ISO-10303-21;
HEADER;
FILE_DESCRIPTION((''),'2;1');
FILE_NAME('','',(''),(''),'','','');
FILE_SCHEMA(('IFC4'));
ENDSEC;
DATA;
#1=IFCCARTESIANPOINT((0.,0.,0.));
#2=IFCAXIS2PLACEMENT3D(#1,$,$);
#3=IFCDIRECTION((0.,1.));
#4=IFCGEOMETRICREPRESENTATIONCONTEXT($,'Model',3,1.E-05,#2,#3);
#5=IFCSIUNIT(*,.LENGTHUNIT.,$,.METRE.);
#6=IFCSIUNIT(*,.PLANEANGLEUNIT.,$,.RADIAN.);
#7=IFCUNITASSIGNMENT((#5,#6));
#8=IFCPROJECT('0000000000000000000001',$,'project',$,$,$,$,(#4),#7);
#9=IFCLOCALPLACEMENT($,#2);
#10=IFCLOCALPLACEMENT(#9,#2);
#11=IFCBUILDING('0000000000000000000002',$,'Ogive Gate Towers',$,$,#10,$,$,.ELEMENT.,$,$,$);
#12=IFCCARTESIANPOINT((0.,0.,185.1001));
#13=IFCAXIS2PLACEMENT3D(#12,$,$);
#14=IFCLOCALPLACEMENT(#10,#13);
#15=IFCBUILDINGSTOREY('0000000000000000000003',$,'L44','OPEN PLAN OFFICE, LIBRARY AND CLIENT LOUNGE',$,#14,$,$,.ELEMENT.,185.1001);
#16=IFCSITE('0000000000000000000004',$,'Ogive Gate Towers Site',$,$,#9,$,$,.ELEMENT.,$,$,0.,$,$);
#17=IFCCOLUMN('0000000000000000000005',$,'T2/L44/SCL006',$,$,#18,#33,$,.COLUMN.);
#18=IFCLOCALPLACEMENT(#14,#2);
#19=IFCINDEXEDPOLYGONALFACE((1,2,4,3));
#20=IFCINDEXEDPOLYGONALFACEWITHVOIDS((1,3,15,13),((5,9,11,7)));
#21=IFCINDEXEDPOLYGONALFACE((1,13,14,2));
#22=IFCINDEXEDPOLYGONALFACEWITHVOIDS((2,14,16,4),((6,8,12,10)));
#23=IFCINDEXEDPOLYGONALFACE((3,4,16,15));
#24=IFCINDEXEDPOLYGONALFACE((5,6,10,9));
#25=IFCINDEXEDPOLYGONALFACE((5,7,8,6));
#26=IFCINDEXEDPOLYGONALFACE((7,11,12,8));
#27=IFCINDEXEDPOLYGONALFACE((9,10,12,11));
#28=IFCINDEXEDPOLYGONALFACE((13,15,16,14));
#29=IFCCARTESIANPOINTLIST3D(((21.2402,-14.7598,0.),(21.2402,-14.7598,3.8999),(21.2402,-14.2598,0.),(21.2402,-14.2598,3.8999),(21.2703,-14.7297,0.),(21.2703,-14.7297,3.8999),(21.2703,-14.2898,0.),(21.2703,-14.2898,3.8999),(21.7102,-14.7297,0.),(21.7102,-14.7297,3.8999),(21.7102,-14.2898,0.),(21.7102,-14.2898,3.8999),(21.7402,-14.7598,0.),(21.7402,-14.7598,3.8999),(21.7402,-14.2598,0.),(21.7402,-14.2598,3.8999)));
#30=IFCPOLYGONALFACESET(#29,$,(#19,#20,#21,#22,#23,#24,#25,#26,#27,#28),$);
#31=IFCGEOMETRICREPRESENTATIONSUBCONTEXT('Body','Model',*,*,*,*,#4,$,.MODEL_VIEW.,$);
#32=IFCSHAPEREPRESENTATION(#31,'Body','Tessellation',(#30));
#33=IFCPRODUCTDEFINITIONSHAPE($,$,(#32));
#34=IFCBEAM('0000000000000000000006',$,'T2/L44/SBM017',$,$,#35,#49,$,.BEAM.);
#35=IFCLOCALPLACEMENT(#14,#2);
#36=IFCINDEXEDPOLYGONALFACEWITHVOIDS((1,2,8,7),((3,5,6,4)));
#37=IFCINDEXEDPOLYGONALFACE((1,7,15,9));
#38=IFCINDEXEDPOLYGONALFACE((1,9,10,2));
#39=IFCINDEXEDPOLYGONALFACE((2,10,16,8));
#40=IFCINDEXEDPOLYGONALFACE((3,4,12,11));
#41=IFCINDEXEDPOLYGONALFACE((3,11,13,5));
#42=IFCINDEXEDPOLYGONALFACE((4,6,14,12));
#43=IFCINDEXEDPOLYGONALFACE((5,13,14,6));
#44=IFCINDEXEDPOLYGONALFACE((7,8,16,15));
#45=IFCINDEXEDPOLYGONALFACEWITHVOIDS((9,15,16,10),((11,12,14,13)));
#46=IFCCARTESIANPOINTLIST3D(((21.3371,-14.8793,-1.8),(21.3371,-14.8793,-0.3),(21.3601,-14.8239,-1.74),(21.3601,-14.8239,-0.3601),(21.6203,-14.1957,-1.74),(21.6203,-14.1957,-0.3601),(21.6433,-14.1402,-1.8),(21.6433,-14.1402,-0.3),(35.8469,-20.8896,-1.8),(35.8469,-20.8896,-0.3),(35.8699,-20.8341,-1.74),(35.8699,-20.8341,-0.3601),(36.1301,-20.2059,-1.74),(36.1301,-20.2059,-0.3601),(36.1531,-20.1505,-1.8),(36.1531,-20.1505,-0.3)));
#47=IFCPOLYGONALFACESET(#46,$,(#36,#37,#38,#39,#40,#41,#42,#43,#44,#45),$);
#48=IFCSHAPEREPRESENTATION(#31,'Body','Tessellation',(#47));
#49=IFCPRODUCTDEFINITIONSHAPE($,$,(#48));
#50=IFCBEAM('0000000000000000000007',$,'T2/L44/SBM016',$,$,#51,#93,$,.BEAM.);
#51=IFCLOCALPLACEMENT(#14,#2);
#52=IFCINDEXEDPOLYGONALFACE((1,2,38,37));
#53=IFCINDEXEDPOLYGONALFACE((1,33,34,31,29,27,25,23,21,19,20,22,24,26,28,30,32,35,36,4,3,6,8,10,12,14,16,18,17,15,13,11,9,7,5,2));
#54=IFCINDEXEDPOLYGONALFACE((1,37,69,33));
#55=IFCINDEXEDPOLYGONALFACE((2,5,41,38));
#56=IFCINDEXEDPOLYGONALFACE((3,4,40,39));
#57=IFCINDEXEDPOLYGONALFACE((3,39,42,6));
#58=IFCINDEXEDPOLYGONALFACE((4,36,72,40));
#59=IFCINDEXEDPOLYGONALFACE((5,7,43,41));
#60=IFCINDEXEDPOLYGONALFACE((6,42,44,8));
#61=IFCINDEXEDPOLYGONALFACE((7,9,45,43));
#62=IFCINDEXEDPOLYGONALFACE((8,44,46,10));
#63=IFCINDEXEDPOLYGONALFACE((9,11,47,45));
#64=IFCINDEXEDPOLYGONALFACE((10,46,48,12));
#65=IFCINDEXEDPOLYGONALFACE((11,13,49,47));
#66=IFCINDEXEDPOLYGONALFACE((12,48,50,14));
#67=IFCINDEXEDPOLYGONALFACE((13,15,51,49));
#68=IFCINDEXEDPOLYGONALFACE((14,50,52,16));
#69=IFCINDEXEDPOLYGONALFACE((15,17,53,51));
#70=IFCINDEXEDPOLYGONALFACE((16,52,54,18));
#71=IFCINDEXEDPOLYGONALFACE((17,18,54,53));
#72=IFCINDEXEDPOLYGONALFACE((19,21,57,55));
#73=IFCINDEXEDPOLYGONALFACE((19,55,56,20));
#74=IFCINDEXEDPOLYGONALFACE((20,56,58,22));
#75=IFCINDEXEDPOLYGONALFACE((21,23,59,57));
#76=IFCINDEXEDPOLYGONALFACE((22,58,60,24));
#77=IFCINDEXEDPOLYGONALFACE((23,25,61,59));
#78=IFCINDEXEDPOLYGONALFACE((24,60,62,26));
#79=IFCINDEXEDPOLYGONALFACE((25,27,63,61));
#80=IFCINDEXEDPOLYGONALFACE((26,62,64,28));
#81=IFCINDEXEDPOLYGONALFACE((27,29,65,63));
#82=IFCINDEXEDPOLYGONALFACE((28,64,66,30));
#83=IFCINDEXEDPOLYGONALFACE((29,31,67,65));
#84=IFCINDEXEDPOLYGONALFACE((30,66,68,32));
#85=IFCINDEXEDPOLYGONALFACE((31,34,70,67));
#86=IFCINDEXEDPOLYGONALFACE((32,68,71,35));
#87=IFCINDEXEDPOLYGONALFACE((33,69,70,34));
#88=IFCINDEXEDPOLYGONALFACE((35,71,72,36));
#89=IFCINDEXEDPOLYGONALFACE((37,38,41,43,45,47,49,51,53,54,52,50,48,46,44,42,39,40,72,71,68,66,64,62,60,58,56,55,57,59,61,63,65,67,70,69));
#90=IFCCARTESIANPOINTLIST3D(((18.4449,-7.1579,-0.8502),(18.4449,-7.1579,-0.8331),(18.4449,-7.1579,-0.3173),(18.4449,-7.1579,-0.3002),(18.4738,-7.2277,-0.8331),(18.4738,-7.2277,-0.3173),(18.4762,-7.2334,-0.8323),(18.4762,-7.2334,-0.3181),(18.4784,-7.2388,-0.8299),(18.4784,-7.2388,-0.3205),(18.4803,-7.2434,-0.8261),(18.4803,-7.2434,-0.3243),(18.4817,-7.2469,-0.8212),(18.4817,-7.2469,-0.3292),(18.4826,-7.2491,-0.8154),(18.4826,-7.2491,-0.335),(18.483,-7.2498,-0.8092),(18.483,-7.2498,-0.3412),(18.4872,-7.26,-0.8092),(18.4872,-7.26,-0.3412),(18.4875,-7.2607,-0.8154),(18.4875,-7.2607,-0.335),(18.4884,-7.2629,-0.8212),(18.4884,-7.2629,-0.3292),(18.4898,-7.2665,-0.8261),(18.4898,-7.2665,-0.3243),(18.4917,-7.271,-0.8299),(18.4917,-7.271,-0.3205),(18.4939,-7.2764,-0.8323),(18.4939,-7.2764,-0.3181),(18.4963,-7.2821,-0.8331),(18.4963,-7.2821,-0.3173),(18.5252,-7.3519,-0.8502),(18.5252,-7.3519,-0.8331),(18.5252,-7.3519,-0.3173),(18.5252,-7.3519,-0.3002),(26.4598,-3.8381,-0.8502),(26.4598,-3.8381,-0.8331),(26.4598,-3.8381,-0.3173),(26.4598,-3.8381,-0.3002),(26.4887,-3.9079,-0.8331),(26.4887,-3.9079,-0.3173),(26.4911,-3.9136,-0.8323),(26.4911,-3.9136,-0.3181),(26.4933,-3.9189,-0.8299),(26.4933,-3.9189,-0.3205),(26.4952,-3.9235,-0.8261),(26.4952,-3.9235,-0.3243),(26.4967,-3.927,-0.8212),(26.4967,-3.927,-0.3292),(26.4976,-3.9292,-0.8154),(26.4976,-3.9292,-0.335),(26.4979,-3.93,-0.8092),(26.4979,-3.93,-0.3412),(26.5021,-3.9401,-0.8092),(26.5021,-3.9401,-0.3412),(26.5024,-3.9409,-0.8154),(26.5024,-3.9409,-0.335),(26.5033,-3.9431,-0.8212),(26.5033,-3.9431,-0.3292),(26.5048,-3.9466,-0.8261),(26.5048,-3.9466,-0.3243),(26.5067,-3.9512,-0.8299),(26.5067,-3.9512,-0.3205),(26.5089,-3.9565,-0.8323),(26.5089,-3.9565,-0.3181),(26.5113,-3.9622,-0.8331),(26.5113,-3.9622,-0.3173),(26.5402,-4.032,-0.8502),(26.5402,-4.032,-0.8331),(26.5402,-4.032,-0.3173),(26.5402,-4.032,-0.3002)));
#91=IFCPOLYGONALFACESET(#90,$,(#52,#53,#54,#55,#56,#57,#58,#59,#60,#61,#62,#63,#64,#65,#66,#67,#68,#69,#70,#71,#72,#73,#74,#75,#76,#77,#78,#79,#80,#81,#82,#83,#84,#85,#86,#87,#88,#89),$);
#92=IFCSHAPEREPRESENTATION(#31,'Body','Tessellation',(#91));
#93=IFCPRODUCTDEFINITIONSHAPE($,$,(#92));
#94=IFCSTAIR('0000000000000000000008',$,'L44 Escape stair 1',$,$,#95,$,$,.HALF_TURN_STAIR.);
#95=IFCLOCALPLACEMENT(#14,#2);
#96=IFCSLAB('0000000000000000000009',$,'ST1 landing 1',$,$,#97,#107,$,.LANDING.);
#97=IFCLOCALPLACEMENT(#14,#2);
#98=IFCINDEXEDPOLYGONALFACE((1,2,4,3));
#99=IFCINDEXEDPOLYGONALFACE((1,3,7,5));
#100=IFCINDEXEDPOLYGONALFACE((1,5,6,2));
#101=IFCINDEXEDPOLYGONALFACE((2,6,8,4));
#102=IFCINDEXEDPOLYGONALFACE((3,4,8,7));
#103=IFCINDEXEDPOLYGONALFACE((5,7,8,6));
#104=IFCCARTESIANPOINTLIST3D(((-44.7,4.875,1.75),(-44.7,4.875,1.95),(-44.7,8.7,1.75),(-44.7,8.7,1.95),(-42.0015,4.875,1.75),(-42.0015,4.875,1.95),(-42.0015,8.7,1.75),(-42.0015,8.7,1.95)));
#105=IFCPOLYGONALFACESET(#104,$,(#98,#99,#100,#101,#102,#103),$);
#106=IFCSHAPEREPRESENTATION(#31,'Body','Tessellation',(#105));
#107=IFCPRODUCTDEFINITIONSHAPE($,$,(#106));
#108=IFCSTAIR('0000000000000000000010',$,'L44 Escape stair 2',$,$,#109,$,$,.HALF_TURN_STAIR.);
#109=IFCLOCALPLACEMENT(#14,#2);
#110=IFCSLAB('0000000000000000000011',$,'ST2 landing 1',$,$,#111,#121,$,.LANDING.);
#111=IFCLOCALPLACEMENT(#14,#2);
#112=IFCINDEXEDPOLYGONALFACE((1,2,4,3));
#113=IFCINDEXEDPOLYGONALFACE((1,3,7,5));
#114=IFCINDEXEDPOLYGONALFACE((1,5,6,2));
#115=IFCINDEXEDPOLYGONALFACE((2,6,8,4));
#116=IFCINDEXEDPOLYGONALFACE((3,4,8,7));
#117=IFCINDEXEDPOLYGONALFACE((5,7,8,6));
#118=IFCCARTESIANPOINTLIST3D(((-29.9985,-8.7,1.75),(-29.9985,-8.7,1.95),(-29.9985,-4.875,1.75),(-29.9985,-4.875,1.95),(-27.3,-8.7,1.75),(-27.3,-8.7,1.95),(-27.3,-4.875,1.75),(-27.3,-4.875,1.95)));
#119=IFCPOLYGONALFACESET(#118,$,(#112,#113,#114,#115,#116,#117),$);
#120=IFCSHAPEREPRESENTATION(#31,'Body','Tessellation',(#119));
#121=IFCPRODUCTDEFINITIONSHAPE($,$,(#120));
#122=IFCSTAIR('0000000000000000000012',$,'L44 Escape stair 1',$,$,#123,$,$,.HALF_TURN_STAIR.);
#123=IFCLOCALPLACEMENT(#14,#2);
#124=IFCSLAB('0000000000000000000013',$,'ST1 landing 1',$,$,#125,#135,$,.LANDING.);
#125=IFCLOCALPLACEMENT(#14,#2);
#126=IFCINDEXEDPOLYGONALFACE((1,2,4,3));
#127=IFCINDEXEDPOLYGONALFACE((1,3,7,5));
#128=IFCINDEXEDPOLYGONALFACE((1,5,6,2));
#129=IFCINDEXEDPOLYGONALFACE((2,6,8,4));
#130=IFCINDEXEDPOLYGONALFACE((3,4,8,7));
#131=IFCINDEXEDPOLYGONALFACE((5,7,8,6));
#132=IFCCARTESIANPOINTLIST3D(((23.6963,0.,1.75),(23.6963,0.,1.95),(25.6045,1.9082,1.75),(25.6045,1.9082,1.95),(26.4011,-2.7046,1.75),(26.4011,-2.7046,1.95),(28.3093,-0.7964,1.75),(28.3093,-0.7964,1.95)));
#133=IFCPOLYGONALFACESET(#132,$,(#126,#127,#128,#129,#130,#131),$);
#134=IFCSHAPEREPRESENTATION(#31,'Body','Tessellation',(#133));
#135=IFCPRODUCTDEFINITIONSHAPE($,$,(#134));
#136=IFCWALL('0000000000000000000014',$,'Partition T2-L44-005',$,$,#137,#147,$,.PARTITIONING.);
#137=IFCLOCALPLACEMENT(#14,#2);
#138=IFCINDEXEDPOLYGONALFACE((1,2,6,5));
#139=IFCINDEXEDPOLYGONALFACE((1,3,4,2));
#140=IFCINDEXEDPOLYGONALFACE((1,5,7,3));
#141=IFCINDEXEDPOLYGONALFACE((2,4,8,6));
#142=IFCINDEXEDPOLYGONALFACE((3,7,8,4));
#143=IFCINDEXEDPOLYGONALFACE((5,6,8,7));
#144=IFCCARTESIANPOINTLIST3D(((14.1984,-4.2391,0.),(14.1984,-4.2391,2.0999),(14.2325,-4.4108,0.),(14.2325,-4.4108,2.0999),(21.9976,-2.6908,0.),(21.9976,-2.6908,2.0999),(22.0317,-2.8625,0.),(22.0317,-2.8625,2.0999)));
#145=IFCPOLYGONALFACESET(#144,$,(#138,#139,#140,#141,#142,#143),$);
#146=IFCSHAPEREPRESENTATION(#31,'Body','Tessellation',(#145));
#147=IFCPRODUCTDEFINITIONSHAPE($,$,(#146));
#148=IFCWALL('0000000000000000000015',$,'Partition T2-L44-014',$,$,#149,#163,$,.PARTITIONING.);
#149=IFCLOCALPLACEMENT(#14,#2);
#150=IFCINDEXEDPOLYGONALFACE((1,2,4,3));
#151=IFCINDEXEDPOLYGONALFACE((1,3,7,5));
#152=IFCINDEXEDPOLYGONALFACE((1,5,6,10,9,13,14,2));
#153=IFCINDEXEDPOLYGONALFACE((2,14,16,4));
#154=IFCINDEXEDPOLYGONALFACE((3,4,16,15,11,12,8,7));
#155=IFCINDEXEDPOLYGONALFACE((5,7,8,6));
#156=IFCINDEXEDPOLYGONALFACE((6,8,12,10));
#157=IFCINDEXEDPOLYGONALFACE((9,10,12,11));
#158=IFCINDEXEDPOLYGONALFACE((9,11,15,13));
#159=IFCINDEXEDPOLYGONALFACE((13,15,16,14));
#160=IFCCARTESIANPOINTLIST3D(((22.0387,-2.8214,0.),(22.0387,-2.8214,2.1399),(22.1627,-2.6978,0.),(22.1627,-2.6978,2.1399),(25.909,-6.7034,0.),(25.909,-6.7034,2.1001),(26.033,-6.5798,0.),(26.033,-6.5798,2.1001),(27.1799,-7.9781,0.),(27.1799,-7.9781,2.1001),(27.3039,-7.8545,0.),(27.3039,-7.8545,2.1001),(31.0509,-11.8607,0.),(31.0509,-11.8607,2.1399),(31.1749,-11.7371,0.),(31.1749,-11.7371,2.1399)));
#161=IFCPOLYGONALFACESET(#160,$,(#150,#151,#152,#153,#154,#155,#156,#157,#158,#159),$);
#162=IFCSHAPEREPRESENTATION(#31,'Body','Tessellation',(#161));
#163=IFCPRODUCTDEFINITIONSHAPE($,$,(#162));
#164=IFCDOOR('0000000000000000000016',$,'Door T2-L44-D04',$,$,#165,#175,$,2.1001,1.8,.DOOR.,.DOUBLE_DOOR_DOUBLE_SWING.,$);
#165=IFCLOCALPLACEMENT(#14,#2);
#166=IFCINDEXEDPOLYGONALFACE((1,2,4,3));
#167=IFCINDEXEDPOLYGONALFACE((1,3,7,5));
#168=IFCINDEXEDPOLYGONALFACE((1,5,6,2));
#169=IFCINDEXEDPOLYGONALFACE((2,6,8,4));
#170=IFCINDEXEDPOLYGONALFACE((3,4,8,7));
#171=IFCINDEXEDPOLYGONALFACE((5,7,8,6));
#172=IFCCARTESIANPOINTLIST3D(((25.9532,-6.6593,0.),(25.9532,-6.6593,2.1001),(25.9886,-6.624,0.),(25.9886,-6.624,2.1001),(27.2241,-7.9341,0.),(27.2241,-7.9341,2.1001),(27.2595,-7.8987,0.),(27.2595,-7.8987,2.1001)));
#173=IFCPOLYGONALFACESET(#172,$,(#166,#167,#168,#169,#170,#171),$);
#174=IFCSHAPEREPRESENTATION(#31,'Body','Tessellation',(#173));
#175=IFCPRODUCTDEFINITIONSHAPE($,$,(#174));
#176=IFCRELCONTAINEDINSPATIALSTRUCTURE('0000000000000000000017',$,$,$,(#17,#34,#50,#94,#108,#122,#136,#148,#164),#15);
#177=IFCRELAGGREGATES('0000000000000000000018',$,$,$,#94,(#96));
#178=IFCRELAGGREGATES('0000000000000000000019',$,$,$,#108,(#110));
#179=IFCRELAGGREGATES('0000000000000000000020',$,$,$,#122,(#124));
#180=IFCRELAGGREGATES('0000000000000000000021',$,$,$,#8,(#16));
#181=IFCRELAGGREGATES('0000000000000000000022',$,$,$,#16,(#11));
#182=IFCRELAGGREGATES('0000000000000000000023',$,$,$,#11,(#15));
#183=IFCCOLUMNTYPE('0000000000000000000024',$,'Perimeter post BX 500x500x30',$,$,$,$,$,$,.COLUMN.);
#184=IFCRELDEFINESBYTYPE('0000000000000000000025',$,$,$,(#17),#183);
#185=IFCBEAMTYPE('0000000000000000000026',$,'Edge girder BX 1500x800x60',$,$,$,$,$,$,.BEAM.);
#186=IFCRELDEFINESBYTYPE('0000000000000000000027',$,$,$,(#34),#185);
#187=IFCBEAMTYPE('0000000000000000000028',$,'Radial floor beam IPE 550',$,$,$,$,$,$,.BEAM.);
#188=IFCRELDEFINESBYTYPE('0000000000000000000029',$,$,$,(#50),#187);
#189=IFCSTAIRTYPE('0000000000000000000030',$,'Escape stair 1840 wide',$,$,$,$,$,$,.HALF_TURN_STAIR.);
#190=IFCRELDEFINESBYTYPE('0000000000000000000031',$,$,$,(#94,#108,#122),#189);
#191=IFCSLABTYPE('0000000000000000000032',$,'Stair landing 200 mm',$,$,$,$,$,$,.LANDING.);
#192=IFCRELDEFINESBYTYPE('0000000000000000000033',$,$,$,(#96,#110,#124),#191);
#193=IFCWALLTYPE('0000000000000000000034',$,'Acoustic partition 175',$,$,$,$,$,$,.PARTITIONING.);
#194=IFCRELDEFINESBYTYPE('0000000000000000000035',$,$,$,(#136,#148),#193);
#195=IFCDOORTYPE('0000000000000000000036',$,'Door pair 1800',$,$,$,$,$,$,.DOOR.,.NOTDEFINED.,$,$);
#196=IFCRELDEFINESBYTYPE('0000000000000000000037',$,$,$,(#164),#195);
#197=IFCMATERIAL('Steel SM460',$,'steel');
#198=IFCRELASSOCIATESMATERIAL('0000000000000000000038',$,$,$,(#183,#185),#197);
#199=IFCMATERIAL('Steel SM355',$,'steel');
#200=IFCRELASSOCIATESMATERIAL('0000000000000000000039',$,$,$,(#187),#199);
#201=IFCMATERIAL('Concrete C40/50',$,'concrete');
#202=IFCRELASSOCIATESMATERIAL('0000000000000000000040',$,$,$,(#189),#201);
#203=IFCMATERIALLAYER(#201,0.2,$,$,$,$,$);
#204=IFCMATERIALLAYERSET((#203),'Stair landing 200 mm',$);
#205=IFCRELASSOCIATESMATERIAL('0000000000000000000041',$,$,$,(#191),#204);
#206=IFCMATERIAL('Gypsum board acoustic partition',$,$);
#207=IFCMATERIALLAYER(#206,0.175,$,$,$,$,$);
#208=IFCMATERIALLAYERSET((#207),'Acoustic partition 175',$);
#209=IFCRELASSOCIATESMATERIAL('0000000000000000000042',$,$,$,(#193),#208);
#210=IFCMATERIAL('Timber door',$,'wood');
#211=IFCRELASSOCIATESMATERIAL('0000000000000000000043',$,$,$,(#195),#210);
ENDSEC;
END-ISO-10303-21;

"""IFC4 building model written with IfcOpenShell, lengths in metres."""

from ifc_helpers import new_model, si_unit, direction, frame, frame_2d, origin, origin_2d, place, context, subcontext, project, spatial, polyline, rectangle, hollow_rectangle, i_section, outline, extrude, material, layer, layer_set, material_profile, profile_set, type_object, element, fill, aggregate, save


model = new_model("IFC4")

# Units and contexts
model_context = context("Model", 3, precision=1e-05, world=origin(), true_north=direction((0.0, 1.0)))
body_context = subcontext(model_context, "Body", "Model", "MODEL_VIEW")
ifc_project = project(units=[si_unit("LENGTHUNIT", "METRE"), si_unit("PLANEANGLEUNIT", "RADIAN")], contexts=[model_context])

# Site, building, storey
site_placement = place(None, origin())
site = spatial("IfcSite", under=ifc_project, at=site_placement, Name="Ogive Gate Towers Site", CompositionType="ELEMENT", RefElevation=0.0)
building_placement = place(site_placement, origin())
building = spatial("IfcBuilding", under=site, at=building_placement, Name="Ogive Gate Towers", CompositionType="ELEMENT")
storey_placement = place(building_placement, frame((0.0, 0.0, 185.1001)))
storey = spatial("IfcBuildingStorey", under=building, at=storey_placement, Name="L44", Description="OPEN PLAN OFFICE, LIBRARY AND CLIENT LOUNGE", CompositionType="ELEMENT", Elevation=185.1001)

# Column
ifc_material_1 = material(Name="Steel SM460", Category="steel")
ifc_material_profile_1 = material_profile(ifc_material_1, hollow_rectangle(XDim=0.5, YDim=0.5, WallThickness=0.03, at=origin_2d()), Name="BX 500x500x30")
ifc_profile_set_1 = profile_set([ifc_material_profile_1], Name="Steel SM460")
column_type = type_object("IfcColumnType", Name="Perimeter post BX 500x500x30", PredefinedType="COLUMN", material=ifc_profile_set_1)
column_placement = place(storey_placement, frame((21.4902, -14.5098, 0.0), z_axis=(0.0, 0.0, 1.0), x_axis=(1.0, 0.0, 0.0)))
element("IfcColumn", 1, at=column_placement, inside=storey, type_object=column_type, Name="T2/L44/SCL006", PredefinedType="COLUMN", context=body_context, shape_type="SweptSolid", body=[
    extrude(hollow_rectangle(XDim=0.5, YDim=0.5, WallThickness=0.03, at=origin_2d()), origin(), (0.0, 0.0, 1.0), 3.8999),
])

# Beams
ifc_material_profile_2 = material_profile(ifc_material_1, hollow_rectangle(XDim=0.8, YDim=1.5, WallThickness=0.0601, at=origin_2d()), Name="BX 1500x800x60")
ifc_profile_set_2 = profile_set([ifc_material_profile_2], Name="Steel SM460")
beam_type_1 = type_object("IfcBeamType", Name="Edge girder BX 1500x800x60", PredefinedType="BEAM", material=ifc_profile_set_2)
beam_1_placement = place(storey_placement, frame((21.4902, -14.5098, -1.05), z_axis=(0.923877, -0.38269, 0.0), x_axis=(0.38269, 0.923877, 0.0)))
element("IfcBeam", 2, at=beam_1_placement, inside=storey, type_object=beam_type_1, Name="T2/L44/SBM017", PredefinedType="BEAM", context=body_context, shape_type="SweptSolid", body=[
    extrude(hollow_rectangle(XDim=0.8, YDim=1.5, WallThickness=0.0601, at=origin_2d()), origin(), (0.0, 0.0, 1.0), 15.7053),
])
ifc_material_2 = material(Name="Steel SM355", Category="steel")
ifc_material_profile_3 = material_profile(ifc_material_2, i_section(OverallWidth=0.21, OverallDepth=0.55, WebThickness=0.011, FlangeThickness=0.0171, FilletRadius=0.0239, at=origin_2d()), Name="IPE 550")
ifc_profile_set_3 = profile_set([ifc_material_profile_3], Name="Steel SM355")
beam_type_2 = type_object("IfcBeamType", Name="Radial floor beam IPE 550", PredefinedType="BEAM", material=ifc_profile_set_3)
beam_2_placement = place(storey_placement, frame((26.5, -3.9351, -0.5752), z_axis=(-0.923882, -0.382678, 0.0), x_axis=(0.382678, -0.923882, 0.0)))
element("IfcBeam", 3, at=beam_2_placement, inside=storey, type_object=beam_type_2, Name="T2/L44/SBM016", PredefinedType="BEAM", context=body_context, shape_type="SweptSolid", body=[
    extrude(i_section(OverallWidth=0.21, OverallDepth=0.55, WebThickness=0.011, FlangeThickness=0.0171, FilletRadius=0.0239, at=origin_2d()), origin(), (0.0, 0.0, 1.0), 8.6753),
])

# Stairs, slabs
ifc_material_3 = material(Name="Concrete C40/50", Category="concrete")
stair_type = type_object("IfcStairType", Name="Escape stair 1840 wide", PredefinedType="HALF_TURN_STAIR", material=ifc_material_3)
stair_1_placement = place(storey_placement, origin())
stair_1 = element("IfcStair", 4, at=stair_1_placement, inside=storey, type_object=stair_type, Name="L44 Escape stair 1", PredefinedType="HALF_TURN_STAIR")
ifc_layer_1 = layer(ifc_material_3, 0.2)
ifc_layer_set_1 = layer_set([ifc_layer_1], Name="Stair landing 200 mm")
slab_type = type_object("IfcSlabType", Name="Stair landing 200 mm", PredefinedType="LANDING", material=ifc_layer_set_1)
slab_1_placement = place(storey_placement, frame((0.0, 0.0, 1.75)))
slab_1 = element("IfcSlab", 5, at=slab_1_placement, type_object=slab_type, Name="ST1 landing 1", PredefinedType="LANDING", context=body_context, shape_type="SweptSolid", body=[
    extrude(outline(polyline([(-42.0015, 8.7), (-44.7, 8.7), (-44.7, 4.875), (-42.0015, 4.875), (-42.0015, 8.7)])), origin(), (0.0, 0.0, 1.0), 0.2),
])
aggregate(stair_1, [slab_1])
stair_2_placement = place(storey_placement, origin())
stair_2 = element("IfcStair", 6, at=stair_2_placement, inside=storey, type_object=stair_type, Name="L44 Escape stair 2", PredefinedType="HALF_TURN_STAIR")
slab_2_placement = place(storey_placement, frame((0.0, 0.0, 1.75)))
slab_2 = element("IfcSlab", 7, at=slab_2_placement, type_object=slab_type, Name="ST2 landing 1", PredefinedType="LANDING", context=body_context, shape_type="SweptSolid", body=[
    extrude(outline(polyline([(-29.9985, -8.7), (-27.3, -8.7), (-27.3, -4.875), (-29.9985, -4.875), (-29.9985, -8.7)])), origin(), (0.0, 0.0, 1.0), 0.2),
])
aggregate(stair_2, [slab_2])
stair_3_placement = place(storey_placement, origin())
stair_3 = element("IfcStair", 8, at=stair_3_placement, inside=storey, type_object=stair_type, Name="L44 Escape stair 1", PredefinedType="HALF_TURN_STAIR")
slab_3_placement = place(storey_placement, frame((0.0, 0.0, 1.75)))
slab_3 = element("IfcSlab", 9, at=slab_3_placement, type_object=slab_type, Name="ST1 landing 1", PredefinedType="LANDING", context=body_context, shape_type="SweptSolid", body=[
    extrude(outline(polyline([(25.6045, 1.9082), (23.6963, 0.0), (26.4011, -2.7046), (28.3093, -0.7964), (25.6045, 1.9082)])), origin(), (0.0, 0.0, 1.0), 0.2),
])
aggregate(stair_3, [slab_3])

# Wall
ifc_material_4 = material(Name="Gypsum board acoustic partition")
ifc_layer_2 = layer(ifc_material_4, 0.175)
ifc_layer_set_2 = layer_set([ifc_layer_2], Name="Acoustic partition 175")
wall_type_1 = type_object("IfcWallType", Name="Acoustic partition 175", PredefinedType="PARTITIONING", material=ifc_layer_set_2)
wall_1_placement = place(storey_placement, frame((14.2156, -4.325, 0.0), z_axis=(0.0, 0.0, 1.0), x_axis=(0.980858, 0.194722, 0.0)))
element("IfcWall", 10, at=wall_1_placement, inside=storey, type_object=wall_type_1, Name="Partition T2-L44-005", PredefinedType="PARTITIONING", context=body_context, shape_type="SweptSolid", body=[
    extrude(rectangle(XDim=7.9514, YDim=0.175, at=frame_2d((3.9756, 0.0))), origin(), (0.0, 0.0, 1.0), 2.0999),
])

# Wall, opening, door
wall_2_placement = place(storey_placement, frame((22.1006, -2.7595, 0.0), z_axis=(0.0, 0.0, 1.0), x_axis=(0.706044, -0.708168, 0.0)))
wall_2 = element("IfcWall", 11, at=wall_2_placement, inside=storey, type_object=wall_type_1, Name="Partition T2-L44-014", PredefinedType="PARTITIONING", context=body_context, shape_type="SweptSolid", body=[
    extrude(rectangle(XDim=12.7644, YDim=0.175, at=frame_2d((6.3823, 0.0))), origin(), (0.0, 0.0, 1.0), 2.1399),
])
opening_placement = place(wall_2_placement, frame((5.4819, 0.0, 0.0)))
opening = element("IfcOpeningElement", 12, at=opening_placement, cuts=wall_2, PredefinedType="OPENING", context=body_context, shape_type="SweptSolid", body=[
    extrude(rectangle(XDim=1.8, YDim=2.1001, at=frame_2d((0.8999, 1.05))), frame((0.0, 0.0977, 0.0), z_axis=(0.0, -1.0, 0.0), x_axis=(1.0, 0.0, 0.0)), (0.0, 0.0, 1.0), 0.1951),
])
ifc_material_5 = material(Name="Timber door", Category="wood")
door_type = type_object("IfcDoorType", Name="Door pair 1800", OperationType="NOTDEFINED", PredefinedType="DOOR", material=ifc_material_5)
door_placement = place(opening_placement, origin())
door = element("IfcDoor", 13, at=door_placement, inside=storey, type_object=door_type, Name="Door T2-L44-D04", OperationType="DOUBLE_DOOR_DOUBLE_SWING", OverallHeight=2.1001, OverallWidth=1.8, PredefinedType="DOOR", context=body_context, shape_type="SweptSolid", body=[
    extrude(rectangle(XDim=1.8, YDim=2.1001, at=frame_2d((0.8999, 1.05))), frame((0.0, 0.0249, 0.0), z_axis=(0.0, -1.0, 0.0), x_axis=(1.0, 0.0, 0.0)), (0.0, 0.0, 1.0), 0.05),
])
fill(opening, door)

save(model, "model.ifc")
